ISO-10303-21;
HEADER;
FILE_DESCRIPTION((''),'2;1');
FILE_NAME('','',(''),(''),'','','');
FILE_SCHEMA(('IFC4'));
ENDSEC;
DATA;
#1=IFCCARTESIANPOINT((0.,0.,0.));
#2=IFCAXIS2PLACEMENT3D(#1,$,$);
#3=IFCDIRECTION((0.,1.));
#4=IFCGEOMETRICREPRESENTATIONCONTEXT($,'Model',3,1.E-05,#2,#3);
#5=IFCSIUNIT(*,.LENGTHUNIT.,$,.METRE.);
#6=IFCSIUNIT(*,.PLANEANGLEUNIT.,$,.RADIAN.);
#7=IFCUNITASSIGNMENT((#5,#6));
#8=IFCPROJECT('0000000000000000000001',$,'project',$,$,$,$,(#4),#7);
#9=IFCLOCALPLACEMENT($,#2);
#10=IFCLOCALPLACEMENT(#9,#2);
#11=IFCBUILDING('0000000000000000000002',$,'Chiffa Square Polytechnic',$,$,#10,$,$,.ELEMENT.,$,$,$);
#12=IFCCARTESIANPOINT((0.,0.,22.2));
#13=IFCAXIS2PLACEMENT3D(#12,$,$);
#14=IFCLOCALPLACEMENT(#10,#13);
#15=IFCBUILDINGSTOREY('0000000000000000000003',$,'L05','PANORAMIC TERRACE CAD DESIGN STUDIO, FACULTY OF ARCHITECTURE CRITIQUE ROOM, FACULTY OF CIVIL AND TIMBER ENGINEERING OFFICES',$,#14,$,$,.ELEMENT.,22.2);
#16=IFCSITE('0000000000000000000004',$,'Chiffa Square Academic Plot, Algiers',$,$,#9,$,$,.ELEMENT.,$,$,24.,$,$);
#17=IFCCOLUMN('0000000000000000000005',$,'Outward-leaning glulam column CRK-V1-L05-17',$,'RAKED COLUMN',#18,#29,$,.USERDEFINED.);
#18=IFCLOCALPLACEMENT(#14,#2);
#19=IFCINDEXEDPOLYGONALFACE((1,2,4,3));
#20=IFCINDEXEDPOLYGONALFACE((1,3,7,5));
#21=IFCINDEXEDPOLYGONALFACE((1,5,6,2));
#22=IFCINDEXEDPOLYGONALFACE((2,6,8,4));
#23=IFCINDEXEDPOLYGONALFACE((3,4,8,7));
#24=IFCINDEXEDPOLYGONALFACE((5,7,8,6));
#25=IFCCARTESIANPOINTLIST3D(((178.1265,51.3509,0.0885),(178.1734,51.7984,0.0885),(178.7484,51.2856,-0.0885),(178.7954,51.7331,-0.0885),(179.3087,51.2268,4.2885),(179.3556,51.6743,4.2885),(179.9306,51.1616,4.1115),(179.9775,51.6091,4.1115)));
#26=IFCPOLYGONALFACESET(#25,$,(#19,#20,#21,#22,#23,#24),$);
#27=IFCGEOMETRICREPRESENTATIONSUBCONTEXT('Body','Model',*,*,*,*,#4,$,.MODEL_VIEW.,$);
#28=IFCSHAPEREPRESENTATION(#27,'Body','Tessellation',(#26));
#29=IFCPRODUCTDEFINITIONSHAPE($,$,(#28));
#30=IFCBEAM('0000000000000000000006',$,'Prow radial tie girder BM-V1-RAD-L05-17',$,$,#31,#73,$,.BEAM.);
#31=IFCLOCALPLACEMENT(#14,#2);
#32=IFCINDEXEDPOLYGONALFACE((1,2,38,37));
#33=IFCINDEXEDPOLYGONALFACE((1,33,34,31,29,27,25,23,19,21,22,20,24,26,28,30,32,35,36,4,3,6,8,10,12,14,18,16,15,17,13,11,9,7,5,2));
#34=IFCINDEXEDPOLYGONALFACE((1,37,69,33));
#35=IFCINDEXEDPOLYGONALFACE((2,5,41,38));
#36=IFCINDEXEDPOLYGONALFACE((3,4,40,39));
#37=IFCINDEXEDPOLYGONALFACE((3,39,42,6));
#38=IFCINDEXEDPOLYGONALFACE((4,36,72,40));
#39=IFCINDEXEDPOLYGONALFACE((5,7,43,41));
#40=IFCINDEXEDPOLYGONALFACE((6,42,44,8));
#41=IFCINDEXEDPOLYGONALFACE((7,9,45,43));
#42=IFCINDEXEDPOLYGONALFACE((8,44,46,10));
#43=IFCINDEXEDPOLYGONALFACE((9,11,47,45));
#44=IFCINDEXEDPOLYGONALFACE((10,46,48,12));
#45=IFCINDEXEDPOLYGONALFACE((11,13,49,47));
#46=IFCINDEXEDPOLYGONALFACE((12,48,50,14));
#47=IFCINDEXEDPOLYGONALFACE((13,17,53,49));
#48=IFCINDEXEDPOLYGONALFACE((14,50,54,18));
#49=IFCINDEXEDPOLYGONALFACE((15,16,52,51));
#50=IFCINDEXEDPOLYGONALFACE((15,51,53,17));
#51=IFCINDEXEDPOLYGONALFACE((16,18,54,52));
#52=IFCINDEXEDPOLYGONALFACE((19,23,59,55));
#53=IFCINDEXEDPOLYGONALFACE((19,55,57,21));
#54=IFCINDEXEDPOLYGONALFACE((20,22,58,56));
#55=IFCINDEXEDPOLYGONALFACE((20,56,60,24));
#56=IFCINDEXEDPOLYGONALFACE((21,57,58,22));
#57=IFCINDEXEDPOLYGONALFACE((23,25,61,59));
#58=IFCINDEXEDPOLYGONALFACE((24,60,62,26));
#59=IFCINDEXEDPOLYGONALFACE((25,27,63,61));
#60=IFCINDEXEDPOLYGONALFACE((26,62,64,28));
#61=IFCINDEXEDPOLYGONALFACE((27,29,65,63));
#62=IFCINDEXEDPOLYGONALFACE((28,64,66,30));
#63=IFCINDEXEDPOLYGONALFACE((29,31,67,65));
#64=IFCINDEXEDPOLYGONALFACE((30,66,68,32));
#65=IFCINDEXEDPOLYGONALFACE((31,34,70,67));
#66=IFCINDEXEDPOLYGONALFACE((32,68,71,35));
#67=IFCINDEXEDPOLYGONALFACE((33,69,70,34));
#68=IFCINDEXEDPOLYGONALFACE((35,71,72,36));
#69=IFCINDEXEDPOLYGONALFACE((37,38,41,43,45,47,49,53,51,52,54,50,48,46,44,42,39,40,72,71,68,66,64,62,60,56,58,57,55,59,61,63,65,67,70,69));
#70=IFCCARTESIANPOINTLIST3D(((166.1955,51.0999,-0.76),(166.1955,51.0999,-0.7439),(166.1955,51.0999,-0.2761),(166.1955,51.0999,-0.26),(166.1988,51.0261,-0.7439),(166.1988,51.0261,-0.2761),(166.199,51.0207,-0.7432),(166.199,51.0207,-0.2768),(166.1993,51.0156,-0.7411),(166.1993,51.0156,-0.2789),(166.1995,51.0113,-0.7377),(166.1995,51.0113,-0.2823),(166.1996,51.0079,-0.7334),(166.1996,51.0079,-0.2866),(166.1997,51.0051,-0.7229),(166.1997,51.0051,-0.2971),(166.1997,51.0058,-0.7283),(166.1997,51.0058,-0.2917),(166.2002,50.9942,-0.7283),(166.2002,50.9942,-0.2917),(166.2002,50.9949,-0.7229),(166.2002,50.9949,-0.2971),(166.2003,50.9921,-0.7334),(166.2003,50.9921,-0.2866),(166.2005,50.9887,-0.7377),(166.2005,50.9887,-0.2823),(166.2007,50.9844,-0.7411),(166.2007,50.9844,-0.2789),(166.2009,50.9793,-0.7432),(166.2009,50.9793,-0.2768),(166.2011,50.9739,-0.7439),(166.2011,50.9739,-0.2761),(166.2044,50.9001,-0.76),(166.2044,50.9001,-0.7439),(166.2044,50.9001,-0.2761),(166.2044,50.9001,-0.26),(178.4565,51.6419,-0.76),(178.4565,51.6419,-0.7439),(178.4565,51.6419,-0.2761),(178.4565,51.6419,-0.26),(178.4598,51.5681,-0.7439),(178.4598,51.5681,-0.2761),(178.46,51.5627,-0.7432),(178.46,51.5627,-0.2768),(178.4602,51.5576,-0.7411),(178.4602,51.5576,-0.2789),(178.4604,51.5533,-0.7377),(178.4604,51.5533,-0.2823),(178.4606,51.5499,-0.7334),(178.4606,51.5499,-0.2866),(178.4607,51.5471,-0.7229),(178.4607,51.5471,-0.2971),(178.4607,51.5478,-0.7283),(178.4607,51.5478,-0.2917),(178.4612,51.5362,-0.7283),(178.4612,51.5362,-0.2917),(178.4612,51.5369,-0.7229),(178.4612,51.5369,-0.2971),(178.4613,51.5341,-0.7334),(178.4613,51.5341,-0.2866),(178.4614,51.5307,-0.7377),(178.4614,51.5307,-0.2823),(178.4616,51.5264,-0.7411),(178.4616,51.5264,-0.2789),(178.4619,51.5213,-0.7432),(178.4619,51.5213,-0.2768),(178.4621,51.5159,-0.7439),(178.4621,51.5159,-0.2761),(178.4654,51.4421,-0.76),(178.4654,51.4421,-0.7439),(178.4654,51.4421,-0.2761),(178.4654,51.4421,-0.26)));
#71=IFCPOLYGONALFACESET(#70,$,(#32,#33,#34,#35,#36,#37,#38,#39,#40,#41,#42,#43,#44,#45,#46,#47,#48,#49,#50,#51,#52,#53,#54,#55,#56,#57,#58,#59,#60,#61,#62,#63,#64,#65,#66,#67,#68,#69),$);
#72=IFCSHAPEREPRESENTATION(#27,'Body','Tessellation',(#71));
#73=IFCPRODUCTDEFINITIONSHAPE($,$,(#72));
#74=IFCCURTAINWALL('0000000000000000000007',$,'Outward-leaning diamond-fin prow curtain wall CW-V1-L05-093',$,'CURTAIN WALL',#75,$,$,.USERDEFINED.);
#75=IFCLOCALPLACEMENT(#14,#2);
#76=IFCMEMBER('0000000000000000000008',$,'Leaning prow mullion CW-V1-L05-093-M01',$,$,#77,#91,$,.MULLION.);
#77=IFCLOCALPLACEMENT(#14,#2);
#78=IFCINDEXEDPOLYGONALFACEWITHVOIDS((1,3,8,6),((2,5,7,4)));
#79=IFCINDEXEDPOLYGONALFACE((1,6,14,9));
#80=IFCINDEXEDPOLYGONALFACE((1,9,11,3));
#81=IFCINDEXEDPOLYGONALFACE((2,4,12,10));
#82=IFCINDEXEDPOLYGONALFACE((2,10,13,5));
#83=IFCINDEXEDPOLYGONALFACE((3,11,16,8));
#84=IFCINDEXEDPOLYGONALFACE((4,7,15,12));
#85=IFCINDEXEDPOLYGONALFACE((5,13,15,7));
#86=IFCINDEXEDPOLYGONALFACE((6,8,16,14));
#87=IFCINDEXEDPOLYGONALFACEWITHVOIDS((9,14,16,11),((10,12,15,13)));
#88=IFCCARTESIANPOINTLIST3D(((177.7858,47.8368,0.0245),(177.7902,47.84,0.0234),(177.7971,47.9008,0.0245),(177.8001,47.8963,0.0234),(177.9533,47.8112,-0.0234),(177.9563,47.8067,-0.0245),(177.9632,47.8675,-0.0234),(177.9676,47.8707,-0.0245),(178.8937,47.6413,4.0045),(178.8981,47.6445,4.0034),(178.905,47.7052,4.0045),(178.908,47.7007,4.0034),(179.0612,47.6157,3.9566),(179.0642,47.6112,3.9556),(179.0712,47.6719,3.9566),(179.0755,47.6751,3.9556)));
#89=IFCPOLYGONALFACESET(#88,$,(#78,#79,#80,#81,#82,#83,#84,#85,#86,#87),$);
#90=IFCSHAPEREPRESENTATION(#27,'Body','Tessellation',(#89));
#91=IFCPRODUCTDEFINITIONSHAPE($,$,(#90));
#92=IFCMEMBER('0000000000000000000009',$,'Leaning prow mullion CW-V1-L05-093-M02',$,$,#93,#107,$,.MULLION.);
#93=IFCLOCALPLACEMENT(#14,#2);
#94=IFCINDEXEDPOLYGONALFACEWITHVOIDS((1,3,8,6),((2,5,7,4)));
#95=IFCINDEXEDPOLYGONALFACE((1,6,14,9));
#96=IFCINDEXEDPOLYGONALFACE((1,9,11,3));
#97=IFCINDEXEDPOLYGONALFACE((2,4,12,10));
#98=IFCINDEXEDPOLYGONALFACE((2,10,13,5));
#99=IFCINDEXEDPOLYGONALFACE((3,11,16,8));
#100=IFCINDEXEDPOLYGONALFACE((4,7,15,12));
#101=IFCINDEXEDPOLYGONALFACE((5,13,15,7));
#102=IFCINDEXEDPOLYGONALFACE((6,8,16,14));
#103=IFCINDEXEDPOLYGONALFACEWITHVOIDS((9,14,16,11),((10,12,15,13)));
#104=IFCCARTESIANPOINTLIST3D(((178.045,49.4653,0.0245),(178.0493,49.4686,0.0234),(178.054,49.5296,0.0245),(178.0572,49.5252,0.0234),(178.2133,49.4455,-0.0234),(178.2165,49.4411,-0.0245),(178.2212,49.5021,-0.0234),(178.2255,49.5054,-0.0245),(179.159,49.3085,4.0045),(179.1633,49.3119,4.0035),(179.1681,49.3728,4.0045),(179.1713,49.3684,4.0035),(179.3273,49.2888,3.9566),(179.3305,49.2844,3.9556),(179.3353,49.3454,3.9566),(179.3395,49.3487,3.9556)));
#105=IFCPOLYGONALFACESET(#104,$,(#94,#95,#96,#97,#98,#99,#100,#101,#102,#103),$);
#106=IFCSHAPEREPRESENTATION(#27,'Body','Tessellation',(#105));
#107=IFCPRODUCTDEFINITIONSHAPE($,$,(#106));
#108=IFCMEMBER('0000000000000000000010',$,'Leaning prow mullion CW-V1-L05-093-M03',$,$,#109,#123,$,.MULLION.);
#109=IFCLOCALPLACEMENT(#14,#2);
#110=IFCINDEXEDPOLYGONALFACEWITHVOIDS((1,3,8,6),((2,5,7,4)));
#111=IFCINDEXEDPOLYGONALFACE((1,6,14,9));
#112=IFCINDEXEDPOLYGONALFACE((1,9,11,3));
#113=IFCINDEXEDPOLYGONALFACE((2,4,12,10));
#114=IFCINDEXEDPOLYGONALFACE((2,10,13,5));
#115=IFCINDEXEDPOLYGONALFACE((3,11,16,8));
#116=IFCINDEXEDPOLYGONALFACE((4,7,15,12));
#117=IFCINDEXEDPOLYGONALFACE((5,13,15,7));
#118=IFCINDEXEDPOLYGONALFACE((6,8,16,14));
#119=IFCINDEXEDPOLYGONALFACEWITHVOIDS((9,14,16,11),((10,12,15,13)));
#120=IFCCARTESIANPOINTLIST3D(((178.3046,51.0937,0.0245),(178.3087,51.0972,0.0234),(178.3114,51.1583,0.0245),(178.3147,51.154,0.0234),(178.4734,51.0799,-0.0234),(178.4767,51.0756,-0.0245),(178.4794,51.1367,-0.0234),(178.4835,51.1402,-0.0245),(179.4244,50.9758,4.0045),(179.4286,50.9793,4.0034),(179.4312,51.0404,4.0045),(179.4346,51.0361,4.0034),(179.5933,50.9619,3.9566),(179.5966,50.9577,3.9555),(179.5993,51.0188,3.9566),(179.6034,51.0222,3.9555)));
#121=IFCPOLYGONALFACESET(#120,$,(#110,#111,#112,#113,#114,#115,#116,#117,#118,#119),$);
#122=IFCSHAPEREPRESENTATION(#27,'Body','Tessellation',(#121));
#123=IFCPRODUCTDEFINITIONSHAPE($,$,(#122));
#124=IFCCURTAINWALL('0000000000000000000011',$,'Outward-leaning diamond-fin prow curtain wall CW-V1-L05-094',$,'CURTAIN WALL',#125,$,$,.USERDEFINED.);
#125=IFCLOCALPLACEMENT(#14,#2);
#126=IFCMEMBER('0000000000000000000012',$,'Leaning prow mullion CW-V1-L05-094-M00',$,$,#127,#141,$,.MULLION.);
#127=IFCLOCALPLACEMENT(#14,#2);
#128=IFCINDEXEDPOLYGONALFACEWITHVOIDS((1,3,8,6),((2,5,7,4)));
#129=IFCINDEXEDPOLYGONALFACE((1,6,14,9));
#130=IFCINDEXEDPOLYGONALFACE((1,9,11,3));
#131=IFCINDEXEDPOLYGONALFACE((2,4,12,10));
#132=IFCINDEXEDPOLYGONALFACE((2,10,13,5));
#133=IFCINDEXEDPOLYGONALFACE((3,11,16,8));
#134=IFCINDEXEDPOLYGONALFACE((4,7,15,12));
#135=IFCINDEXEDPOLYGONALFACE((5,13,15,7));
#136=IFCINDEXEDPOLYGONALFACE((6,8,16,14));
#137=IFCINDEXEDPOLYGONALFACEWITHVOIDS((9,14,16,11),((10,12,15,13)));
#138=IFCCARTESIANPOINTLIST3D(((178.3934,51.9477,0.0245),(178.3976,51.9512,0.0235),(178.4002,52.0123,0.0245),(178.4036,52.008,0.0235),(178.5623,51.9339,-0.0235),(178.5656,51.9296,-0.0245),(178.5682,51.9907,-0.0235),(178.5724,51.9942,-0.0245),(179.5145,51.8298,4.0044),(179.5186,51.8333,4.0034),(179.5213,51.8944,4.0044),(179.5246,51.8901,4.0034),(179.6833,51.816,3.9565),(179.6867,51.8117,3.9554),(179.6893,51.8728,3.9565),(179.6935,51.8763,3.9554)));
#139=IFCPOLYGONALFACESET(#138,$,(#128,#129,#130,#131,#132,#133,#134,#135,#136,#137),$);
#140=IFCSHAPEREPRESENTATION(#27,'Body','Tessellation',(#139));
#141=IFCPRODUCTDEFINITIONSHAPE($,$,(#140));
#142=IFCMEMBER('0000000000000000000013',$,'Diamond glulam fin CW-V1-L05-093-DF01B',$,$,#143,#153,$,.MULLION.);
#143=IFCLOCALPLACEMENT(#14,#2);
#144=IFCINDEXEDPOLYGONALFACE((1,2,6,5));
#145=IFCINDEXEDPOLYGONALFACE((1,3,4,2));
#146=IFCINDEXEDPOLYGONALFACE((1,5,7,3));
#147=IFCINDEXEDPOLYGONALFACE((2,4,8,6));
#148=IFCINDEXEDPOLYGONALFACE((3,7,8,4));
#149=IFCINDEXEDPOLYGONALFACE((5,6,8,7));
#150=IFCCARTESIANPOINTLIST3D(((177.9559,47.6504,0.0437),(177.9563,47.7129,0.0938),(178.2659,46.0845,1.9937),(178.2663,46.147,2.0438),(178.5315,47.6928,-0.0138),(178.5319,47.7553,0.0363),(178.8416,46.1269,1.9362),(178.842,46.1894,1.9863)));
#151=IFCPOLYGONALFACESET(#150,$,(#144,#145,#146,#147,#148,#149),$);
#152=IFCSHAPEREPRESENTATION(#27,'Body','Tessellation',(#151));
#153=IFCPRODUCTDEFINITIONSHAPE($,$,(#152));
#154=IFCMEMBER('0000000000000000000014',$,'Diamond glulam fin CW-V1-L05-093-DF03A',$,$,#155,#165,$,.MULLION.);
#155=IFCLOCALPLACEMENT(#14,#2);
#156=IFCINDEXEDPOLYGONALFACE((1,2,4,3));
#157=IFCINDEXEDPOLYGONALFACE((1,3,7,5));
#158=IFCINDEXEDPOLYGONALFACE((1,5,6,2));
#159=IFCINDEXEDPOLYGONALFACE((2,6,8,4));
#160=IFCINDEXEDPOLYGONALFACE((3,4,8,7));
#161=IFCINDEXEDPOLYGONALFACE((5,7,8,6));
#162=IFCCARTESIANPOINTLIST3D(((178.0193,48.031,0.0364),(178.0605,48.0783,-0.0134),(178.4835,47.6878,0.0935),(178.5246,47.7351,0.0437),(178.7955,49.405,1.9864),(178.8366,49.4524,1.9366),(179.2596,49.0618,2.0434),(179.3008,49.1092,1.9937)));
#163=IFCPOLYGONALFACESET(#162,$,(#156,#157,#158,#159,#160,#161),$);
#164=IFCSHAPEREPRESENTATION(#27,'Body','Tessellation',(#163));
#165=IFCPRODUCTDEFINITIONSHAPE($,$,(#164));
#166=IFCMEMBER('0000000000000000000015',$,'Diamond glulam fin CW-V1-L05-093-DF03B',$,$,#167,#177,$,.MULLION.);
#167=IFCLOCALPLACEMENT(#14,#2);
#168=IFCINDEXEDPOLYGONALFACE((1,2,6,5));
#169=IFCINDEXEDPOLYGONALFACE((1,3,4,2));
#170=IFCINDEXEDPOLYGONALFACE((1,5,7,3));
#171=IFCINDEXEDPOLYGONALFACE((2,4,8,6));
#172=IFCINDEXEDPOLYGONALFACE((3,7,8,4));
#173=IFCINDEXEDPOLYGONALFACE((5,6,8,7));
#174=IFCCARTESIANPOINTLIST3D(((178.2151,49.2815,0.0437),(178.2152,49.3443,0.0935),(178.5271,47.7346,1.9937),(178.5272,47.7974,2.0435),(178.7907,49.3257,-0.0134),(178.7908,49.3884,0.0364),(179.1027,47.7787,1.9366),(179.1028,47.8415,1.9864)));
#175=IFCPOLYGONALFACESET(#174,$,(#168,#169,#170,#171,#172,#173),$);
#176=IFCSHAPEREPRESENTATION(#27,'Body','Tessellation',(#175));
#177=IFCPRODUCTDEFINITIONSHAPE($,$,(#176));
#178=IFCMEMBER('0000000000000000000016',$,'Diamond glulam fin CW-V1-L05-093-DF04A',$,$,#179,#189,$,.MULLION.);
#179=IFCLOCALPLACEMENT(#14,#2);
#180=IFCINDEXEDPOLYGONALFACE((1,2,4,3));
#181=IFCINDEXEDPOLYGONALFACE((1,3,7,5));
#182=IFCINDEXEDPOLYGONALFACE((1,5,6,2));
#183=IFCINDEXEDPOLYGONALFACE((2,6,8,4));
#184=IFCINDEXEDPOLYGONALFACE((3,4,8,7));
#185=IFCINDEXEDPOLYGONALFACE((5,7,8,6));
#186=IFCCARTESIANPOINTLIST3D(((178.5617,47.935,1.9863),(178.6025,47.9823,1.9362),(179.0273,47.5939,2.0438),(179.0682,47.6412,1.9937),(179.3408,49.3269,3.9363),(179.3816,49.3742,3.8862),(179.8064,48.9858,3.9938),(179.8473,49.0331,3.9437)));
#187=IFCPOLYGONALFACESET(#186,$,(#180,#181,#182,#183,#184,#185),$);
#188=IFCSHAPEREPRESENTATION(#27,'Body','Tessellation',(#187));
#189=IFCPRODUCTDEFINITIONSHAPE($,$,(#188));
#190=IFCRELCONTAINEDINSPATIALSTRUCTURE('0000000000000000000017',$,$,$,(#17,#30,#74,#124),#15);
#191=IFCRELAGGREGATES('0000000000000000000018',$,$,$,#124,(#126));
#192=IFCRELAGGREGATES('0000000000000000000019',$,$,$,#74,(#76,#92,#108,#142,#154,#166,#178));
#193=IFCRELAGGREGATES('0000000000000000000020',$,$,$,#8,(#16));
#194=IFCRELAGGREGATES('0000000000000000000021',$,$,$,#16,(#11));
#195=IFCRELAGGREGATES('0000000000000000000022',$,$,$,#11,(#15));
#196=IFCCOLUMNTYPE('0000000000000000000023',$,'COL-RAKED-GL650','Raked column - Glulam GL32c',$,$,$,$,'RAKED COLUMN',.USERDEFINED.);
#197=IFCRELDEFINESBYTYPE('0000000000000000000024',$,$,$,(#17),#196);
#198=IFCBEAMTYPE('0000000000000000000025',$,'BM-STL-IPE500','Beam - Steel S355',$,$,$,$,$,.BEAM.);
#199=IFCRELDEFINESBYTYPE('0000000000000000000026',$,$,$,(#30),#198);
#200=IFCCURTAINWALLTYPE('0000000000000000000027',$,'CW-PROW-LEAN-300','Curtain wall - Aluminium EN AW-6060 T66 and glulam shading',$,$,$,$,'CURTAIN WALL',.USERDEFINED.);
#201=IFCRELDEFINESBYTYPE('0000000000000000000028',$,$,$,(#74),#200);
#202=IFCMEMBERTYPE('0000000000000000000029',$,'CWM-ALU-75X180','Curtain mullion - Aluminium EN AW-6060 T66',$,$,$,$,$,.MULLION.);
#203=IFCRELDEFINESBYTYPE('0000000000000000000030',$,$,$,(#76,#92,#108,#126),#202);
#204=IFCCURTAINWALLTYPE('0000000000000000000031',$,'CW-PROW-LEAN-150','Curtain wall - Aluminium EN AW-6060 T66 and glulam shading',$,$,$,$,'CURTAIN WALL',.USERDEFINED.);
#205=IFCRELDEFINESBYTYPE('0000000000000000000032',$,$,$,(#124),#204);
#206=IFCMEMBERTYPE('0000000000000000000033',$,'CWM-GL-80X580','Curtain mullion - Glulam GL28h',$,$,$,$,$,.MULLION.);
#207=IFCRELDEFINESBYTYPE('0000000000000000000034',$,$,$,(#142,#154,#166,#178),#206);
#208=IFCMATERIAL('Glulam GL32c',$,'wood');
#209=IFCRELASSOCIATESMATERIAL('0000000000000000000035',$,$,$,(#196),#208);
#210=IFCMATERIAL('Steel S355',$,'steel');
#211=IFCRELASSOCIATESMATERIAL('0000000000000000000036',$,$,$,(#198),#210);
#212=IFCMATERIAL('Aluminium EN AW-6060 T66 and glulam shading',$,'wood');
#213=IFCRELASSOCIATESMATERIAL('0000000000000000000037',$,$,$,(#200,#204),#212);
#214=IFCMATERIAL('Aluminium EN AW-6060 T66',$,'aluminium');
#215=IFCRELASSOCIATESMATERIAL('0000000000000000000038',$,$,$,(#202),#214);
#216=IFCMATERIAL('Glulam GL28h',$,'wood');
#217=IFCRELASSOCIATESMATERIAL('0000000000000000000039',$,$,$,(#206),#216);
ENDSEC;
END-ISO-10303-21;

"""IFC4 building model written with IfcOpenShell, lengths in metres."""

from ifc_helpers import new_model, si_unit, direction, frame, origin, origin_2d, place, context, subcontext, project, spatial, rectangle, hollow_rectangle, i_section, extrude, material, material_profile, profile_set, type_object, element, aggregate, save


model = new_model("IFC4")

# Units and contexts
model_context = context("Model", 3, precision=1e-05, world=origin(), true_north=direction((0.0, 1.0)))
body_context = subcontext(model_context, "Body", "Model", "MODEL_VIEW")
ifc_project = project(units=[si_unit("LENGTHUNIT", "METRE"), si_unit("PLANEANGLEUNIT", "RADIAN")], contexts=[model_context])

# Site, building, storey
site_placement = place(None, origin())
site = spatial("IfcSite", under=ifc_project, at=site_placement, Name="Chiffa Square Academic Plot, Algiers", CompositionType="ELEMENT", RefElevation=24.0)
building_placement = place(site_placement, origin())
building = spatial("IfcBuilding", under=site, at=building_placement, Name="Chiffa Square Polytechnic", CompositionType="ELEMENT")
storey_placement = place(building_placement, frame((0.0, 0.0, 22.2)))
storey = spatial("IfcBuildingStorey", under=building, at=storey_placement, Name="L05", Description="PANORAMIC TERRACE CAD DESIGN STUDIO, FACULTY OF ARCHITECTURE CRITIQUE ROOM, FACULTY OF CIVIL AND TIMBER ENGINEERING OFFICES", CompositionType="ELEMENT", Elevation=22.2)

# Column
ifc_material_1 = material(Name="Glulam GL32c", Category="wood")
ifc_material_profile_1 = material_profile(ifc_material_1, rectangle(XDim=0.45, YDim=0.6499, at=origin_2d()), Name="GL32c 450x650")
ifc_profile_set_1 = profile_set([ifc_material_profile_1], Name="Glulam GL32c")
column_type = type_object("IfcColumnType", Name="COL-RAKED-GL650", Description="Raked column - Glulam GL32c", ElementType="RAKED COLUMN", PredefinedType="USERDEFINED", material=ifc_profile_set_1)
column_placement = place(storey_placement, frame((178.4609, 51.542, 0.0), z_axis=(0.270826, -0.028414, 0.962209), x_axis=(0.104343, 0.994541, 0.0)))
element("IfcColumn", 1, at=column_placement, inside=storey, type_object=column_type, Name="Outward-leaning glulam column CRK-V1-L05-17", ObjectType="RAKED COLUMN", PredefinedType="USERDEFINED", context=body_context, shape_type="SweptSolid", body=[
    extrude(rectangle(XDim=0.45, YDim=0.6499, at=origin_2d()), origin(), (0.0, 0.0, 1.0), 4.365),
])

# Beam
ifc_material_2 = material(Name="Steel S355", Category="steel")
ifc_material_profile_2 = material_profile(ifc_material_2, i_section(OverallWidth=0.2, OverallDepth=0.5, WebThickness=0.0103, FlangeThickness=0.0161, FilletRadius=0.021, at=origin_2d()), Name="IPE 500")
ifc_profile_set_2 = profile_set([ifc_material_profile_2], Name="Steel S355")
beam_type_1 = type_object("IfcBeamType", Name="BM-STL-IPE500", Description="Beam - Steel S355", PredefinedType="BEAM", material=ifc_profile_set_2)
beam_1_placement = place(storey_placement, frame((178.4609, 51.542, -0.51), z_axis=(-0.999024, -0.044161, 0.0), x_axis=(0.044161, -0.999024, 0.0)))
element("IfcBeam", 2, at=beam_1_placement, inside=storey, type_object=beam_type_1, Name="Prow radial tie girder BM-V1-RAD-L05-17", PredefinedType="BEAM", context=body_context, shape_type="SweptSolid", body=[
    extrude(i_section(OverallWidth=0.2, OverallDepth=0.5, WebThickness=0.0103, FlangeThickness=0.0161, FilletRadius=0.021, at=origin_2d()), origin(), (0.0, 0.0, 1.0), 12.2729),
])

# Curtain wall, members
ifc_material_3 = material(Name="Aluminium EN AW-6060 T66 and glulam shading", Category="wood")
curtain_wall_type_1 = type_object("IfcCurtainWallType", Name="CW-PROW-LEAN-300", Description="Curtain wall - Aluminium EN AW-6060 T66 and glulam shading", ElementType="CURTAIN WALL", PredefinedType="USERDEFINED", material=ifc_material_3)
curtain_wall_1_placement = place(storey_placement, origin())
curtain_wall_1 = element("IfcCurtainWall", 3, at=curtain_wall_1_placement, inside=storey, type_object=curtain_wall_type_1, Name="Outward-leaning diamond-fin prow curtain wall CW-V1-L05-093", ObjectType="CURTAIN WALL", PredefinedType="USERDEFINED")
ifc_material_4 = material(Name="Aluminium EN AW-6060 T66", Category="aluminium")
ifc_material_profile_3 = material_profile(ifc_material_4, hollow_rectangle(XDim=0.0649, YDim=0.1799, WallThickness=0.0039, at=origin_2d()), Name="ALU 65x180x4")
ifc_profile_set_3 = profile_set([ifc_material_profile_3], Name="Aluminium EN AW-6060 T66")
member_type_1 = type_object("IfcMemberType", Name="CWM-ALU-75X180", Description="Curtain mullion - Aluminium EN AW-6060 T66", PredefinedType="MULLION", material=ifc_profile_set_3)
member_1_placement = place(storey_placement, frame((177.8767, 47.8538, 0.0), z_axis=(0.267874, -0.047282, 0.962293), x_axis=(0.173822, 0.984777, 0.0)))
member_1 = element("IfcMember", 4, at=member_1_placement, type_object=member_type_1, Name="Leaning prow mullion CW-V1-L05-093-M01", PredefinedType="MULLION", context=body_context, shape_type="SweptSolid", body=[
    extrude(hollow_rectangle(XDim=0.0649, YDim=0.1799, WallThickness=0.0039, at=origin_2d()), origin(), (0.0, 0.0, 1.0), 4.136),
])
member_2_placement = place(storey_placement, frame((178.1353, 49.4854, 0.0), z_axis=(0.269351, -0.037897, 0.962296), x_axis=(0.139325, 0.990247, 0.0)))
member_2 = element("IfcMember", 5, at=member_2_placement, type_object=member_type_1, Name="Leaning prow mullion CW-V1-L05-093-M02", PredefinedType="MULLION", context=body_context, shape_type="SweptSolid", body=[
    extrude(hollow_rectangle(XDim=0.0649, YDim=0.1799, WallThickness=0.0039, at=origin_2d()), origin(), (0.0, 0.0, 1.0), 4.136),
])
member_3_placement = place(storey_placement, frame((178.394, 51.1169, 0.0), z_axis=(0.270748, -0.028509, 0.962228), x_axis=(0.104719, 0.994502, 0.0)))
member_3 = element("IfcMember", 6, at=member_3_placement, type_object=member_type_1, Name="Leaning prow mullion CW-V1-L05-093-M03", PredefinedType="MULLION", context=body_context, shape_type="SweptSolid", body=[
    extrude(hollow_rectangle(XDim=0.0649, YDim=0.1799, WallThickness=0.0039, at=origin_2d()), origin(), (0.0, 0.0, 1.0), 4.1362),
])

# Curtain wall, member
curtain_wall_type_2 = type_object("IfcCurtainWallType", Name="CW-PROW-LEAN-150", Description="Curtain wall - Aluminium EN AW-6060 T66 and glulam shading", ElementType="CURTAIN WALL", PredefinedType="USERDEFINED", material=ifc_material_3)
curtain_wall_2_placement = place(storey_placement, origin())
curtain_wall_2 = element("IfcCurtainWall", 7, at=curtain_wall_2_placement, inside=storey, type_object=curtain_wall_type_2, Name="Outward-leaning diamond-fin prow curtain wall CW-V1-L05-094", ObjectType="CURTAIN WALL", PredefinedType="USERDEFINED")
member_4_placement = place(storey_placement, frame((178.4829, 51.9709, 0.0), z_axis=(0.271022, -0.028507, 0.962151), x_axis=(0.104606, 0.994514, 0.0)))
member_4 = element("IfcMember", 8, at=member_4_placement, type_object=member_type_1, Name="Leaning prow mullion CW-V1-L05-094-M00", PredefinedType="MULLION", context=body_context, shape_type="SweptSolid", body=[
    extrude(hollow_rectangle(XDim=0.0649, YDim=0.1799, WallThickness=0.0039, at=origin_2d()), origin(), (0.0, 0.0, 1.0), 4.1365),
])

# Members
ifc_material_5 = material(Name="Glulam GL28h", Category="wood")
ifc_material_profile_4 = material_profile(ifc_material_5, rectangle(XDim=0.0801, YDim=0.5801, at=origin_2d()), Name="GL28h 80x580")
ifc_profile_set_4 = profile_set([ifc_material_profile_4], Name="Glulam GL28h")
member_type_2 = type_object("IfcMemberType", Name="CWM-GL-80X580", Description="Curtain mullion - Glulam GL28h", PredefinedType="MULLION", material=ifc_profile_set_4)
member_5_placement = place(storey_placement, frame((178.2439, 47.7029, 0.04), z_axis=(0.123038, -0.621389, 0.773781), x_axis=(0.005011, 0.780085, 0.625654)))
member_5 = element("IfcMember", 9, at=member_5_placement, type_object=member_type_2, Name="Diamond glulam fin CW-V1-L05-093-DF01B", PredefinedType="MULLION", context=body_context, shape_type="SweptSolid", body=[
    extrude(rectangle(XDim=0.0801, YDim=0.5801, at=origin_2d()), origin(), (0.0, 0.0, 1.0), 2.52),
])
member_6_placement = place(storey_placement, frame((178.272, 47.8831, 0.04), z_axis=(0.309396, 0.547745, 0.777335), x_axis=(-0.513807, -0.591554, 0.621342)))
member_6 = element("IfcMember", 10, at=member_6_placement, type_object=member_type_2, Name="Diamond glulam fin CW-V1-L05-093-DF03A", PredefinedType="MULLION", context=body_context, shape_type="SweptSolid", body=[
    extrude(rectangle(XDim=0.0801, YDim=0.5801, at=origin_2d()), origin(), (0.0, 0.0, 1.0), 2.5085),
])
member_7_placement = place(storey_placement, frame((178.5029, 49.335, 0.04), z_axis=(0.124383, -0.616658, 0.777343), x_axis=(0.00154, 0.783546, 0.621332)))
member_7 = element("IfcMember", 11, at=member_7_placement, type_object=member_type_2, Name="Diamond glulam fin CW-V1-L05-093-DF03B", PredefinedType="MULLION", context=body_context, shape_type="SweptSolid", body=[
    extrude(rectangle(XDim=0.0801, YDim=0.5801, at=origin_2d()), origin(), (0.0, 0.0, 1.0), 2.5085),
])
member_8_placement = place(storey_placement, frame((178.8149, 47.7881, 1.99), z_axis=(0.309244, 0.552491, 0.77403), x_axis=(-0.509904, -0.590703, 0.625354)))
member_8 = element("IfcMember", 12, at=member_8_placement, type_object=member_type_2, Name="Diamond glulam fin CW-V1-L05-093-DF04A", PredefinedType="MULLION", context=body_context, shape_type="SweptSolid", body=[
    extrude(rectangle(XDim=0.0801, YDim=0.5801, at=origin_2d()), origin(), (0.0, 0.0, 1.0), 2.5193),
])
aggregate(curtain_wall_2, [member_4])

aggregate(curtain_wall_1, [member_1, member_2, member_3, member_5, member_6, member_7, member_8])

save(model, "model.ifc")
